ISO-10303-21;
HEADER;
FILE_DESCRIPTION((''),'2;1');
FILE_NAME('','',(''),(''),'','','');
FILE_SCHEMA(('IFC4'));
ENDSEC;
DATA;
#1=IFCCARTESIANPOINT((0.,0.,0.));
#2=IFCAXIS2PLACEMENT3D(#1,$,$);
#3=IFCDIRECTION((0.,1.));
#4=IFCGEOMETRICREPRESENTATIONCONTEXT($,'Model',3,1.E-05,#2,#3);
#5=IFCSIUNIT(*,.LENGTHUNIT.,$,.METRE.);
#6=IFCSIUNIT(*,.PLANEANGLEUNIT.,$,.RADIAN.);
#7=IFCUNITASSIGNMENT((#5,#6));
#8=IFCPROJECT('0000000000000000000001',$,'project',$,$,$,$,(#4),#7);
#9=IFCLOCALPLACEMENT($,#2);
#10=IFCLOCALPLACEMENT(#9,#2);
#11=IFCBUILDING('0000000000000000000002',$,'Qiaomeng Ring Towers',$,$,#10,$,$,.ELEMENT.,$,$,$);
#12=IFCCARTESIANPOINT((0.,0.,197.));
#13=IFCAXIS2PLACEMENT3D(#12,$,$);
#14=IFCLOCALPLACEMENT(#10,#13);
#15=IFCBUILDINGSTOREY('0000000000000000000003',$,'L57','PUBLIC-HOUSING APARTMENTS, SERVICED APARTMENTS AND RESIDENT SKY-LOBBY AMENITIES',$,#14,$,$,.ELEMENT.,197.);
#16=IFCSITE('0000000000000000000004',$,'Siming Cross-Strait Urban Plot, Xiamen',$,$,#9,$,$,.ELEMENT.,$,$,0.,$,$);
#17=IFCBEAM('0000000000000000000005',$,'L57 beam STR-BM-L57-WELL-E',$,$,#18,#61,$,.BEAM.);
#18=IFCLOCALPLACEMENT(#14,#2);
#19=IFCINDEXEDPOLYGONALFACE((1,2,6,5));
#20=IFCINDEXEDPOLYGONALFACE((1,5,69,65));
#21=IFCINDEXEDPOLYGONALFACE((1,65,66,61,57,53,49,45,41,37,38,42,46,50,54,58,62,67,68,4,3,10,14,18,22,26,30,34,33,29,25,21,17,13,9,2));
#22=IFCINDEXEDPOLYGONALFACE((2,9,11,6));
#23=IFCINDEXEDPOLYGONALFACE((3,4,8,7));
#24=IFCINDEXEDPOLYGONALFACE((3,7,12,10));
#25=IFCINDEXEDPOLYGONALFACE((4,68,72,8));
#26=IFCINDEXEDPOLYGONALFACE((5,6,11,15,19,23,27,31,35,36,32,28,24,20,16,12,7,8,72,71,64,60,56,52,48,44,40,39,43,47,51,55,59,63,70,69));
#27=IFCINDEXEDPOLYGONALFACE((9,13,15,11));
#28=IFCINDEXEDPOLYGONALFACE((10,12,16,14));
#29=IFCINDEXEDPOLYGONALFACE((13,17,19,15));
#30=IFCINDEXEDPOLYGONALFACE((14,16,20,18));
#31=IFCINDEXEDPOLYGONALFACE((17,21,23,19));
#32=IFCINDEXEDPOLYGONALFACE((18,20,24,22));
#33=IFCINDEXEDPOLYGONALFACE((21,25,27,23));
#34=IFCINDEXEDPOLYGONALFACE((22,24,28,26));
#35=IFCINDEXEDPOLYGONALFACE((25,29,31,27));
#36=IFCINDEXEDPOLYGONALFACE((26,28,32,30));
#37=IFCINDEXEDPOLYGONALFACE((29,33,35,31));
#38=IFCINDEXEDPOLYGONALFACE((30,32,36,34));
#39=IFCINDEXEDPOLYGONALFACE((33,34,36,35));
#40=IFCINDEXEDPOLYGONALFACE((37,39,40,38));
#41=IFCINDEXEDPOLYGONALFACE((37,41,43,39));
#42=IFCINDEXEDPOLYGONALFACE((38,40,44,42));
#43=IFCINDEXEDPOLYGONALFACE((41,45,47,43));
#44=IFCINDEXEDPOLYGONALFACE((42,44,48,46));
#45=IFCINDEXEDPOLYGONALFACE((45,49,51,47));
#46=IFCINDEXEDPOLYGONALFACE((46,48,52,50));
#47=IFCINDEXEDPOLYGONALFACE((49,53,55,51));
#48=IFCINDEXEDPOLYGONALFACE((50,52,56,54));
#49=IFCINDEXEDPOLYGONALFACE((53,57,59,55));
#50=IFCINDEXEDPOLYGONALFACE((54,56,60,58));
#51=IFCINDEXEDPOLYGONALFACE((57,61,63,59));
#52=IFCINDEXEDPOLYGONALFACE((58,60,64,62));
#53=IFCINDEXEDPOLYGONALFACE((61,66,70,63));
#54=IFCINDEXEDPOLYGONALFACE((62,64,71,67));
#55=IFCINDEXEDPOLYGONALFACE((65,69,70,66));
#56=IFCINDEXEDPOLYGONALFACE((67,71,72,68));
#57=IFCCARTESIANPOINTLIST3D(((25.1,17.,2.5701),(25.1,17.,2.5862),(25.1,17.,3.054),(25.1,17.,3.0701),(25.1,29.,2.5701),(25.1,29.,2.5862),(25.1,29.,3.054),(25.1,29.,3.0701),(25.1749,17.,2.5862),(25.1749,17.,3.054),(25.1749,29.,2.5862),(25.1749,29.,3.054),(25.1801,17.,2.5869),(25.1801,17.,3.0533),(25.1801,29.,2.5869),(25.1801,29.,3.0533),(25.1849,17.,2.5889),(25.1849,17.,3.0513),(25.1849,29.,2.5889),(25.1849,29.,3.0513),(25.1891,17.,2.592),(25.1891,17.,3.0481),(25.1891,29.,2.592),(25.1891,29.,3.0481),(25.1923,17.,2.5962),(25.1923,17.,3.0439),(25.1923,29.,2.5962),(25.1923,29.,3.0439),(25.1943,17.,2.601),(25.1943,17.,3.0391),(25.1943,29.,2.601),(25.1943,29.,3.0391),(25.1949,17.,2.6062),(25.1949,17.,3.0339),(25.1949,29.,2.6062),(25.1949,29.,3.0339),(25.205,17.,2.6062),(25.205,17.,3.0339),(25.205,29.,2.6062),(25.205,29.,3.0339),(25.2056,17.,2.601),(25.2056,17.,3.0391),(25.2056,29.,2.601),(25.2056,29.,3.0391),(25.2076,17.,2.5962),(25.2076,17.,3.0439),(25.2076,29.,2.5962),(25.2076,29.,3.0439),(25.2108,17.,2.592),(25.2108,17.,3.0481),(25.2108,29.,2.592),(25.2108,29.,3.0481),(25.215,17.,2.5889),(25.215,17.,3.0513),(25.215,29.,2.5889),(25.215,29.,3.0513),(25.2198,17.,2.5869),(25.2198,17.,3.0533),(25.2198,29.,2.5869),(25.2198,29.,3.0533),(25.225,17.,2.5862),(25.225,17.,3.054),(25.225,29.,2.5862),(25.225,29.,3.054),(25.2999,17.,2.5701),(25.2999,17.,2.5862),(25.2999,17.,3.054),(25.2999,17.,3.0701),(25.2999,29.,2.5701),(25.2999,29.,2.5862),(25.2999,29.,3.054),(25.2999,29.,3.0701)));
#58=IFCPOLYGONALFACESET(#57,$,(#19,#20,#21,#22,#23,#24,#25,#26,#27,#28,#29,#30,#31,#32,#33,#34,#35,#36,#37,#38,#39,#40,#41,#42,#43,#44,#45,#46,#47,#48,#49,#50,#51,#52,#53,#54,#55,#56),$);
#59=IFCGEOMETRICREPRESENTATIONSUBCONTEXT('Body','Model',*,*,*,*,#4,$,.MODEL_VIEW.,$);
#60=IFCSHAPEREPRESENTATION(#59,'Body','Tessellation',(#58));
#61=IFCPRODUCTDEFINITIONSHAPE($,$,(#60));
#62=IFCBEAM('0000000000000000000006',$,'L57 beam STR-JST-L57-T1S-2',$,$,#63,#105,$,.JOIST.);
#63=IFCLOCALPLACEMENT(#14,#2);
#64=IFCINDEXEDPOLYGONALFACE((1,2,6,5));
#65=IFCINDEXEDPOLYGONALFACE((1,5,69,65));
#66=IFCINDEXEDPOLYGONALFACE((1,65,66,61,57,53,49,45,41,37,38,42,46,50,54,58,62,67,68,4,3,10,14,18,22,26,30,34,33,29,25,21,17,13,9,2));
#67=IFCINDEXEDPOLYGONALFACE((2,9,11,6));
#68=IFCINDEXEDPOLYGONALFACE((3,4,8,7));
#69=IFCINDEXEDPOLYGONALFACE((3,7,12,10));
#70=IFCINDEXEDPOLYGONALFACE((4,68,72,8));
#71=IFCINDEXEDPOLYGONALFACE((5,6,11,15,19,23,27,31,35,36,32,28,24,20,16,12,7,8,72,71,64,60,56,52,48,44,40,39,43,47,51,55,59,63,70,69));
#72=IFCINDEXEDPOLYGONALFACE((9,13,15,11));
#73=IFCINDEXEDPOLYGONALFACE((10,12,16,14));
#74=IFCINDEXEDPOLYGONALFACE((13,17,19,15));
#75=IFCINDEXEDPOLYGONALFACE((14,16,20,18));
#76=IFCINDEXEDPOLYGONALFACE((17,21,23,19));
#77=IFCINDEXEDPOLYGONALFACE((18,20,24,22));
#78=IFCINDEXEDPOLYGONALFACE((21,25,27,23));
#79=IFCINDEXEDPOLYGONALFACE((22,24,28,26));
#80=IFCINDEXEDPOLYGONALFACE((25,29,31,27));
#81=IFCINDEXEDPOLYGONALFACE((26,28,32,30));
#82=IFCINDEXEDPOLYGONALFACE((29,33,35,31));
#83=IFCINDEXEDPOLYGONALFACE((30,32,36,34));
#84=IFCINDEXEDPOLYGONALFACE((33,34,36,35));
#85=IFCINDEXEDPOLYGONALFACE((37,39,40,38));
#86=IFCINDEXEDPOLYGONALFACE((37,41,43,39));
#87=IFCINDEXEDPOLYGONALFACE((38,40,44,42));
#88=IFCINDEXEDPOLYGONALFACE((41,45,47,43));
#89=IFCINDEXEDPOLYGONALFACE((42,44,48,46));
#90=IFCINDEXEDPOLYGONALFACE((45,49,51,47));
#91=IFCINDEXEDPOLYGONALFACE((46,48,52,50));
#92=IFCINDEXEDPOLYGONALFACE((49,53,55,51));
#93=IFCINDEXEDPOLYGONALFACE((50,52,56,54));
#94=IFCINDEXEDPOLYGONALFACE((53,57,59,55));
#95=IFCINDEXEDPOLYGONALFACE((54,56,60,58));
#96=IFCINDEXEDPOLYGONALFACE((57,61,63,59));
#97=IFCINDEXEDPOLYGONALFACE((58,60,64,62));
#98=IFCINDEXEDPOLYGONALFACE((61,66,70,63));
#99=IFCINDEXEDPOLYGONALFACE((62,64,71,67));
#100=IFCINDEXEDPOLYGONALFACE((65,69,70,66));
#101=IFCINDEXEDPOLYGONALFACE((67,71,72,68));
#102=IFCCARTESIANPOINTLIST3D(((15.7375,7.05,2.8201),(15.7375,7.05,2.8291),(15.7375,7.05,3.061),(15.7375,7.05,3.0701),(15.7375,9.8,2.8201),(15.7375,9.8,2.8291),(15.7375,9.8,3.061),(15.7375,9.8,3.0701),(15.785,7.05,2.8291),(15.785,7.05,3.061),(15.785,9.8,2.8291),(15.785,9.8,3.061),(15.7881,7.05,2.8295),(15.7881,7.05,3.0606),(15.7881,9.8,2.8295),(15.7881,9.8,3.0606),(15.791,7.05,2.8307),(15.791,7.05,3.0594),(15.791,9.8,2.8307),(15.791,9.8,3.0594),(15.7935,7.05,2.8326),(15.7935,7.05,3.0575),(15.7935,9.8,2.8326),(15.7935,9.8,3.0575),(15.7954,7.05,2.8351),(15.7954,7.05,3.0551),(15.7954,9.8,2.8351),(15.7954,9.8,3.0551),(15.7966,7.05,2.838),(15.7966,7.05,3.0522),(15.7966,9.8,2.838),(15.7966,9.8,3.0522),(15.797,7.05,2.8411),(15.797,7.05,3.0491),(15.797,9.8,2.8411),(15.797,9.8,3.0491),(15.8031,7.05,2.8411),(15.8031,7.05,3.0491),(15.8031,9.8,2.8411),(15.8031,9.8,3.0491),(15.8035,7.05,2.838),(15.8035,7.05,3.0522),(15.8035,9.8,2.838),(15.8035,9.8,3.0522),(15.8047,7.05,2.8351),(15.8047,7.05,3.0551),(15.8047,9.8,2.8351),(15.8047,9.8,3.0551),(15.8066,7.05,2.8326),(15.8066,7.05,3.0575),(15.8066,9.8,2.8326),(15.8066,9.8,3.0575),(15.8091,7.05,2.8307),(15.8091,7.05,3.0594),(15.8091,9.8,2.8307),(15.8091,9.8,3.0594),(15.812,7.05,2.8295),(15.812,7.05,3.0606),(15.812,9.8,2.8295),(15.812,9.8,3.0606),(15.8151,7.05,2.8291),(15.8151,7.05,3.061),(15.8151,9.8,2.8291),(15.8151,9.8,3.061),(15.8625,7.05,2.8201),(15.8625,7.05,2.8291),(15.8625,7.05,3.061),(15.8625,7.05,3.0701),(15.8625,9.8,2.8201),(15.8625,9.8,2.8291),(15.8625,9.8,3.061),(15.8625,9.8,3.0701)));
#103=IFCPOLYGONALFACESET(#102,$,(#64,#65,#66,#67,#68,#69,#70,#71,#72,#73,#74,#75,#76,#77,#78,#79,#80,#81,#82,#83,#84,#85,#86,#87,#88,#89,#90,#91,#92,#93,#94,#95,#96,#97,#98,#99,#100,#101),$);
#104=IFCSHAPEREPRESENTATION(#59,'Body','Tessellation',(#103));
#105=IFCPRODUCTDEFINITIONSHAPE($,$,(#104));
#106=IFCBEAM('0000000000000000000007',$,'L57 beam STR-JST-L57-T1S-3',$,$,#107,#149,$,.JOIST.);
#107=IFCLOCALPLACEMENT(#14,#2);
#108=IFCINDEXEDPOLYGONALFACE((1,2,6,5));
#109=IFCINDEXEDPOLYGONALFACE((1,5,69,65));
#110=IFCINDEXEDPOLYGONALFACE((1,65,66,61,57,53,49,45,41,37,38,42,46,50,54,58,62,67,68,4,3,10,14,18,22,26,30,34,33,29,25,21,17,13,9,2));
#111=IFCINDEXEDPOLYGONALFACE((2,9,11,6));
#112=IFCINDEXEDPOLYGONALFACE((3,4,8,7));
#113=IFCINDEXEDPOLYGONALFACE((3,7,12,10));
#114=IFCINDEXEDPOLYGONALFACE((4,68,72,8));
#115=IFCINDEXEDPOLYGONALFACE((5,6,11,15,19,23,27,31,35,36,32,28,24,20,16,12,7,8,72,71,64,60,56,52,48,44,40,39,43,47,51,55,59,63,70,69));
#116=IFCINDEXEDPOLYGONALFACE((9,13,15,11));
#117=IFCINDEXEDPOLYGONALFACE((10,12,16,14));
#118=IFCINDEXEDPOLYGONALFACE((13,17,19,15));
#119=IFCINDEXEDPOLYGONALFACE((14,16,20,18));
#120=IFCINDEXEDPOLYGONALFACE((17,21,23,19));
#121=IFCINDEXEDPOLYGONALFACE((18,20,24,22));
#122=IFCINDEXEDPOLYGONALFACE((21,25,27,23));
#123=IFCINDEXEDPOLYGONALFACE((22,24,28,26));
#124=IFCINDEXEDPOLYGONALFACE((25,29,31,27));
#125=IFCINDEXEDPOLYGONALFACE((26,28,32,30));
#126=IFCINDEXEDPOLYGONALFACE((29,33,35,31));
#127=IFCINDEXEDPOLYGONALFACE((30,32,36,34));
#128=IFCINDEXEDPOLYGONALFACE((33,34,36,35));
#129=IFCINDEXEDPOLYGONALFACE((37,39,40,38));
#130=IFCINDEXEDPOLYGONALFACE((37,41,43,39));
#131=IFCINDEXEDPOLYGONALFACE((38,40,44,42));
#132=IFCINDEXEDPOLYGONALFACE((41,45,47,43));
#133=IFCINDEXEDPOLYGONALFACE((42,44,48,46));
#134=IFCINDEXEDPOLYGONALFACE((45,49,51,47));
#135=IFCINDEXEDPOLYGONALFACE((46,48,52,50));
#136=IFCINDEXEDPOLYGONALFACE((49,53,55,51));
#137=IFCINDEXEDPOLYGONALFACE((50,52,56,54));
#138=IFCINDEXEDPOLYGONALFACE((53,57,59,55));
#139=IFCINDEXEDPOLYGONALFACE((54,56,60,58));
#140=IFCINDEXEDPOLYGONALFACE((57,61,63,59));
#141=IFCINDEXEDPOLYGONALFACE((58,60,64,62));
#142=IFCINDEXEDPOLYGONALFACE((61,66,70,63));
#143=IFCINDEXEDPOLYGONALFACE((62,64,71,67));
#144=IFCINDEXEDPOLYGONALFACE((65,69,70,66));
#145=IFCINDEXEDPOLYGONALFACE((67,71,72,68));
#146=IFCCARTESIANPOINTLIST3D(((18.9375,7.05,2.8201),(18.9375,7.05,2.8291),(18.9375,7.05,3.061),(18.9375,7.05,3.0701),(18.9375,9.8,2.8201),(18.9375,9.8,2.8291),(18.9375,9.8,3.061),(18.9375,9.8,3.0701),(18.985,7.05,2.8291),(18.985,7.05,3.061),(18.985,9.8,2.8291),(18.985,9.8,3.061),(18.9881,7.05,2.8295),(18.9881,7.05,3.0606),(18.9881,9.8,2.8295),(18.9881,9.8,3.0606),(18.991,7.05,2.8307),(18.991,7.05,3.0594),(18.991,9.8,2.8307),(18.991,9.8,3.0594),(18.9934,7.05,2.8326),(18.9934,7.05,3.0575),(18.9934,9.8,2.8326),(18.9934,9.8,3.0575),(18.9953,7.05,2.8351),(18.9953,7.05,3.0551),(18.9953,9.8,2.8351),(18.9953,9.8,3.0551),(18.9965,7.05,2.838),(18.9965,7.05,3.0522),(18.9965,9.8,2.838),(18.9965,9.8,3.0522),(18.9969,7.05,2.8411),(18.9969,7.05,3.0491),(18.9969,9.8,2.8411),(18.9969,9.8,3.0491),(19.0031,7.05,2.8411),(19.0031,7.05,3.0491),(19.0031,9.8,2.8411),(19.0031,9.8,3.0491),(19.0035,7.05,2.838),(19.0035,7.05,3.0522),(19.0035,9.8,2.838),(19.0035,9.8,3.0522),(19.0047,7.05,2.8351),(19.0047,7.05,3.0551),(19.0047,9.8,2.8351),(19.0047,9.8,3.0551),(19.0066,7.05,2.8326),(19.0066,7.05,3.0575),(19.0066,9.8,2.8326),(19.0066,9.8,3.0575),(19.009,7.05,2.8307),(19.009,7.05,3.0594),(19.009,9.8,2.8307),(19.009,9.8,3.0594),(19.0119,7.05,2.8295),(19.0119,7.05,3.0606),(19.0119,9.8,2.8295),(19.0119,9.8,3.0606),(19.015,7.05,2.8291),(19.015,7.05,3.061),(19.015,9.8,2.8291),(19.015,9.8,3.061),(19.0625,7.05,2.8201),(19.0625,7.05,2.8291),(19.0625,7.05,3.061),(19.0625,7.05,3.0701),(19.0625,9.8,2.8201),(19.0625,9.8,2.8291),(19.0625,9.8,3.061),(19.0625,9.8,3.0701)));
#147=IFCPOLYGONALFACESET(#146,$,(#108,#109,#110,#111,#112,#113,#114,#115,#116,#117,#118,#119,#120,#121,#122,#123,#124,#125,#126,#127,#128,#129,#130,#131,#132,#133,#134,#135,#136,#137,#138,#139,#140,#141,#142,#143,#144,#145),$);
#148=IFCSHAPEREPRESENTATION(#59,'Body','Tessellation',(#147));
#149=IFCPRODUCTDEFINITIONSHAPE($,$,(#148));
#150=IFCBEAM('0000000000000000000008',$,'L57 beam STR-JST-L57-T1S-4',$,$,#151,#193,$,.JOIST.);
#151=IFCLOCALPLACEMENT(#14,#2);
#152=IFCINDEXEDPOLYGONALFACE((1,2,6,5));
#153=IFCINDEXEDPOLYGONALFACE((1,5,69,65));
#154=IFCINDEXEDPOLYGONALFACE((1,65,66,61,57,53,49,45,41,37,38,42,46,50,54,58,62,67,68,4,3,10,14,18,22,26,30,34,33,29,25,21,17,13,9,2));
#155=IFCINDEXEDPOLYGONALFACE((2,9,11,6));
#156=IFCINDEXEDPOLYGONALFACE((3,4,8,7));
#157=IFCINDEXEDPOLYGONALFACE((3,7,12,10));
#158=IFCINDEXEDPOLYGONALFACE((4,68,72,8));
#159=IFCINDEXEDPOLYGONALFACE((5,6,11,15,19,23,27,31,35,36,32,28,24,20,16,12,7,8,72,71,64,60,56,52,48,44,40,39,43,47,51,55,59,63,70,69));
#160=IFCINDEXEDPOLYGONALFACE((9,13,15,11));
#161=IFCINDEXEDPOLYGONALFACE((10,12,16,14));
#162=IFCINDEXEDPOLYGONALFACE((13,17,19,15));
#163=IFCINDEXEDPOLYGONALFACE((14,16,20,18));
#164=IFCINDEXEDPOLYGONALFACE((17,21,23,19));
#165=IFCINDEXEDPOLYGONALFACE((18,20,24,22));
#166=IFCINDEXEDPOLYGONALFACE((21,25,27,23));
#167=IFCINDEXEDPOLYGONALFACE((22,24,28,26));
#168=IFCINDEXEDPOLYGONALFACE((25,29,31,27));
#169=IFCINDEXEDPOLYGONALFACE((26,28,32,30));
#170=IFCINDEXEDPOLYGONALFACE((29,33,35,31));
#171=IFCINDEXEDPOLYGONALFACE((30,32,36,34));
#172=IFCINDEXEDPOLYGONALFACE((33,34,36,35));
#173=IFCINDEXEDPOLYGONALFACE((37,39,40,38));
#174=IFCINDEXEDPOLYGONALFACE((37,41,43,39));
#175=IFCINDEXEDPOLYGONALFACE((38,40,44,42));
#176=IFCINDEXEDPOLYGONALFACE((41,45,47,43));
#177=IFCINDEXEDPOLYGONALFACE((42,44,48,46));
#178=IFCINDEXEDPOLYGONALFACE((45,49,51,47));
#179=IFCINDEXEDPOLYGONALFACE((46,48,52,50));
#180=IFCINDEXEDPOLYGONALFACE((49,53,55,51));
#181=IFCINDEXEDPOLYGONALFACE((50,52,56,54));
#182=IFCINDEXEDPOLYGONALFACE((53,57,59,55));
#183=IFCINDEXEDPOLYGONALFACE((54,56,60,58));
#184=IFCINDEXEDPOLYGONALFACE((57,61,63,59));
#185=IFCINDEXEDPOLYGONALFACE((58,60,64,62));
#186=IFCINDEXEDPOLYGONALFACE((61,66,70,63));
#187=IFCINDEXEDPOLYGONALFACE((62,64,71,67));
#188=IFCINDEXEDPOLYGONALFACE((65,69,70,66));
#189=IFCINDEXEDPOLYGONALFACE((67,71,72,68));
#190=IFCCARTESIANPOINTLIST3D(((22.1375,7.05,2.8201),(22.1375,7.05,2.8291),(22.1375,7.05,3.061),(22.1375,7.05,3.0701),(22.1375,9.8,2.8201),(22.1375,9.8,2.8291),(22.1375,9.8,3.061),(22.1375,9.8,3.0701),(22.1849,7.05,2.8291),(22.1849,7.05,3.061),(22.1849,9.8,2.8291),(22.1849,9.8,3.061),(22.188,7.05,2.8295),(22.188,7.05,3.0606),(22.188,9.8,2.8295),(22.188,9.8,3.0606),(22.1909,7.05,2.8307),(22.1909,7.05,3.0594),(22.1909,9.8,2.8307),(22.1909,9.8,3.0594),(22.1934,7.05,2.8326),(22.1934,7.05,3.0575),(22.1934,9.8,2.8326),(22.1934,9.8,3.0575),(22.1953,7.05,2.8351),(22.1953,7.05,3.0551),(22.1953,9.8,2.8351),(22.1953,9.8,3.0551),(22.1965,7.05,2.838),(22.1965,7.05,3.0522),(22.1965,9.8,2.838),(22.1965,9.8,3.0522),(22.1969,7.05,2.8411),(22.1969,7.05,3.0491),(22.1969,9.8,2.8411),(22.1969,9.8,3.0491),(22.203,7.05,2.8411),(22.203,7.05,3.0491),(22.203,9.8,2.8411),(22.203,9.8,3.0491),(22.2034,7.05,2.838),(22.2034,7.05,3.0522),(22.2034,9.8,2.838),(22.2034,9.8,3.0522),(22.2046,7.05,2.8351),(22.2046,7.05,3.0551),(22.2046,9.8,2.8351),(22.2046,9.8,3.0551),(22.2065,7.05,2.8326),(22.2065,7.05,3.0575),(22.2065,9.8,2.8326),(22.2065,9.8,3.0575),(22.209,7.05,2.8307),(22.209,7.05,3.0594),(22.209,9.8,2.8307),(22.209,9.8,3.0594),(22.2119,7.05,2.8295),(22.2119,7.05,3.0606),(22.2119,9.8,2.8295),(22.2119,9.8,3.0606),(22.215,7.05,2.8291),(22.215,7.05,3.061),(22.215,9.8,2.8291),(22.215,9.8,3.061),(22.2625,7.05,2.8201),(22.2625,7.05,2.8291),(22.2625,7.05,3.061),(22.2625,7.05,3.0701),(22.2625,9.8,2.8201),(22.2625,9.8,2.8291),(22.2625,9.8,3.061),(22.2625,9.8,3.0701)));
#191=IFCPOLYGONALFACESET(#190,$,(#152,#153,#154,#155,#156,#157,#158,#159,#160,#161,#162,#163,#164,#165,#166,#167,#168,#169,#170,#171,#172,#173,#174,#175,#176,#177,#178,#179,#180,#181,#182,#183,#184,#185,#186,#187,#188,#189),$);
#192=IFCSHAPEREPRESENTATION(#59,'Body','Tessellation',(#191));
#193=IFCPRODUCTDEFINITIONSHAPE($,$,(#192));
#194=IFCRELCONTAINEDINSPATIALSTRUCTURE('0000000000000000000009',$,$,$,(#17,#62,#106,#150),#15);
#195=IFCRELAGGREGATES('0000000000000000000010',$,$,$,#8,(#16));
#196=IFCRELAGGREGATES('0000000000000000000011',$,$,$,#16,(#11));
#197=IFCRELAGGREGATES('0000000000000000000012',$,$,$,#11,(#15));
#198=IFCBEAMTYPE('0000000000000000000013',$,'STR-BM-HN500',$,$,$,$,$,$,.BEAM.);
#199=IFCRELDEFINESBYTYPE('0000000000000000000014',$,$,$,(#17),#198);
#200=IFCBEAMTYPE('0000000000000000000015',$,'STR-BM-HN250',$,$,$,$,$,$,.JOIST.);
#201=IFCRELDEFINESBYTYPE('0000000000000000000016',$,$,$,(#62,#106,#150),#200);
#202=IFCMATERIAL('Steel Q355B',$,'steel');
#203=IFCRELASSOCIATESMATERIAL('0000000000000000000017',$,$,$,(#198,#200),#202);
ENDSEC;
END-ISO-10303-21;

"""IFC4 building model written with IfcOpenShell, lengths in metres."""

from ifc_helpers import new_model, si_unit, direction, frame, origin, origin_2d, place, context, subcontext, project, spatial, i_section, extrude, source, transform, mapped, material, material_profile, profile_set, type_object, element, save


model = new_model("IFC4")

# Units and contexts
model_context = context("Model", 3, precision=1e-05, world=origin(), true_north=direction((0.0, 1.0)))
body_context = subcontext(model_context, "Body", "Model", "MODEL_VIEW")
ifc_project = project(units=[si_unit("LENGTHUNIT", "METRE"), si_unit("PLANEANGLEUNIT", "RADIAN")], contexts=[model_context])

# Site, building, storey
site_placement = place(None, origin())
site = spatial("IfcSite", under=ifc_project, at=site_placement, Name="Siming Cross-Strait Urban Plot, Xiamen", CompositionType="ELEMENT", RefElevation=0.0)
building_placement = place(site_placement, origin())
building = spatial("IfcBuilding", under=site, at=building_placement, Name="Qiaomeng Ring Towers", CompositionType="ELEMENT")
storey_placement = place(building_placement, frame((0.0, 0.0, 197.0)))
storey = spatial("IfcBuildingStorey", under=building, at=storey_placement, Name="L57", Description="PUBLIC-HOUSING APARTMENTS, SERVICED APARTMENTS AND RESIDENT SKY-LOBBY AMENITIES", CompositionType="ELEMENT", Elevation=197.0)

# Beams
ifc_material_1 = material(Name="Steel Q355B", Category="steel")
ifc_material_profile_1 = material_profile(ifc_material_1, i_section(OverallWidth=0.2, OverallDepth=0.5, WebThickness=0.01, FlangeThickness=0.0161, FilletRadius=0.02, at=origin_2d()), Name="HN 500x200x10x16")
ifc_profile_set_1 = profile_set([ifc_material_profile_1], Name="Steel Q355B")
beam_type_1 = type_object("IfcBeamType", Name="STR-BM-HN500", PredefinedType="BEAM", material=ifc_profile_set_1)
shared_shape_1 = source(origin(), body_context, "Body", "SweptSolid", [
    extrude(i_section(OverallWidth=0.2, OverallDepth=0.5, WebThickness=0.01, FlangeThickness=0.0161, FilletRadius=0.02, at=origin_2d()), origin(), (0.0, 0.0, 1.0), 12.0),
])
beam_1_placement = place(storey_placement, frame((25.2, 17.0, 2.8201), z_axis=(0.0, 1.0, 0.0), x_axis=(-1.0, 0.0, 0.0)))
element("IfcBeam", 1, at=beam_1_placement, inside=storey, type_object=beam_type_1, Name="L57 beam STR-BM-L57-WELL-E", PredefinedType="BEAM", context=body_context, shape_type="MappedRepresentation", body=[
    mapped(shared_shape_1, transform((0.0, 0.0, 0.0), x_axis=(1.0, 0.0, 0.0), y_axis=(0.0, 1.0, 0.0), z_axis=(0.0, 0.0, 1.0), scale=1.0)),
])
ifc_material_profile_2 = material_profile(ifc_material_1, i_section(OverallWidth=0.125, OverallDepth=0.25, WebThickness=0.0061, FlangeThickness=0.009, FilletRadius=0.012, at=origin_2d()), Name="HN 250x125x6x9")
ifc_profile_set_2 = profile_set([ifc_material_profile_2], Name="Steel Q355B")
beam_type_2 = type_object("IfcBeamType", Name="STR-BM-HN250", PredefinedType="JOIST", material=ifc_profile_set_2)
shared_shape_2 = source(origin(), body_context, "Body", "SweptSolid", [
    extrude(i_section(OverallWidth=0.125, OverallDepth=0.25, WebThickness=0.0061, FlangeThickness=0.009, FilletRadius=0.012, at=origin_2d()), origin(), (0.0, 0.0, 1.0), 2.75),
])
for number, where, z_axis, x_axis, name in (
    (2, (15.8, 7.05, 2.9451), (0.0, 1.0, 0.0), (-1.0, 0.0, 0.0), "L57 beam STR-JST-L57-T1S-2"),
    (3, (19.0, 7.05, 2.9451), (0.0, 1.0, 0.0), (-1.0, 0.0, 0.0), "L57 beam STR-JST-L57-T1S-3"),
    (4, (22.2, 7.05, 2.9451), (0.0, 1.0, 0.0), (-1.0, 0.0, 0.0), "L57 beam STR-JST-L57-T1S-4"),
):
    element("IfcBeam", number, at=place(storey_placement, frame(where, z_axis=z_axis, x_axis=x_axis)), inside=storey, type_object=beam_type_2, Name=name, PredefinedType="JOIST", context=body_context, shape_type="MappedRepresentation", body=[
        mapped(shared_shape_2, transform((0.0, 0.0, 0.0), x_axis=(1.0, 0.0, 0.0), y_axis=(0.0, 1.0, 0.0), z_axis=(0.0, 0.0, 1.0), scale=1.0)),
    ])

save(model, "model.ifc")
